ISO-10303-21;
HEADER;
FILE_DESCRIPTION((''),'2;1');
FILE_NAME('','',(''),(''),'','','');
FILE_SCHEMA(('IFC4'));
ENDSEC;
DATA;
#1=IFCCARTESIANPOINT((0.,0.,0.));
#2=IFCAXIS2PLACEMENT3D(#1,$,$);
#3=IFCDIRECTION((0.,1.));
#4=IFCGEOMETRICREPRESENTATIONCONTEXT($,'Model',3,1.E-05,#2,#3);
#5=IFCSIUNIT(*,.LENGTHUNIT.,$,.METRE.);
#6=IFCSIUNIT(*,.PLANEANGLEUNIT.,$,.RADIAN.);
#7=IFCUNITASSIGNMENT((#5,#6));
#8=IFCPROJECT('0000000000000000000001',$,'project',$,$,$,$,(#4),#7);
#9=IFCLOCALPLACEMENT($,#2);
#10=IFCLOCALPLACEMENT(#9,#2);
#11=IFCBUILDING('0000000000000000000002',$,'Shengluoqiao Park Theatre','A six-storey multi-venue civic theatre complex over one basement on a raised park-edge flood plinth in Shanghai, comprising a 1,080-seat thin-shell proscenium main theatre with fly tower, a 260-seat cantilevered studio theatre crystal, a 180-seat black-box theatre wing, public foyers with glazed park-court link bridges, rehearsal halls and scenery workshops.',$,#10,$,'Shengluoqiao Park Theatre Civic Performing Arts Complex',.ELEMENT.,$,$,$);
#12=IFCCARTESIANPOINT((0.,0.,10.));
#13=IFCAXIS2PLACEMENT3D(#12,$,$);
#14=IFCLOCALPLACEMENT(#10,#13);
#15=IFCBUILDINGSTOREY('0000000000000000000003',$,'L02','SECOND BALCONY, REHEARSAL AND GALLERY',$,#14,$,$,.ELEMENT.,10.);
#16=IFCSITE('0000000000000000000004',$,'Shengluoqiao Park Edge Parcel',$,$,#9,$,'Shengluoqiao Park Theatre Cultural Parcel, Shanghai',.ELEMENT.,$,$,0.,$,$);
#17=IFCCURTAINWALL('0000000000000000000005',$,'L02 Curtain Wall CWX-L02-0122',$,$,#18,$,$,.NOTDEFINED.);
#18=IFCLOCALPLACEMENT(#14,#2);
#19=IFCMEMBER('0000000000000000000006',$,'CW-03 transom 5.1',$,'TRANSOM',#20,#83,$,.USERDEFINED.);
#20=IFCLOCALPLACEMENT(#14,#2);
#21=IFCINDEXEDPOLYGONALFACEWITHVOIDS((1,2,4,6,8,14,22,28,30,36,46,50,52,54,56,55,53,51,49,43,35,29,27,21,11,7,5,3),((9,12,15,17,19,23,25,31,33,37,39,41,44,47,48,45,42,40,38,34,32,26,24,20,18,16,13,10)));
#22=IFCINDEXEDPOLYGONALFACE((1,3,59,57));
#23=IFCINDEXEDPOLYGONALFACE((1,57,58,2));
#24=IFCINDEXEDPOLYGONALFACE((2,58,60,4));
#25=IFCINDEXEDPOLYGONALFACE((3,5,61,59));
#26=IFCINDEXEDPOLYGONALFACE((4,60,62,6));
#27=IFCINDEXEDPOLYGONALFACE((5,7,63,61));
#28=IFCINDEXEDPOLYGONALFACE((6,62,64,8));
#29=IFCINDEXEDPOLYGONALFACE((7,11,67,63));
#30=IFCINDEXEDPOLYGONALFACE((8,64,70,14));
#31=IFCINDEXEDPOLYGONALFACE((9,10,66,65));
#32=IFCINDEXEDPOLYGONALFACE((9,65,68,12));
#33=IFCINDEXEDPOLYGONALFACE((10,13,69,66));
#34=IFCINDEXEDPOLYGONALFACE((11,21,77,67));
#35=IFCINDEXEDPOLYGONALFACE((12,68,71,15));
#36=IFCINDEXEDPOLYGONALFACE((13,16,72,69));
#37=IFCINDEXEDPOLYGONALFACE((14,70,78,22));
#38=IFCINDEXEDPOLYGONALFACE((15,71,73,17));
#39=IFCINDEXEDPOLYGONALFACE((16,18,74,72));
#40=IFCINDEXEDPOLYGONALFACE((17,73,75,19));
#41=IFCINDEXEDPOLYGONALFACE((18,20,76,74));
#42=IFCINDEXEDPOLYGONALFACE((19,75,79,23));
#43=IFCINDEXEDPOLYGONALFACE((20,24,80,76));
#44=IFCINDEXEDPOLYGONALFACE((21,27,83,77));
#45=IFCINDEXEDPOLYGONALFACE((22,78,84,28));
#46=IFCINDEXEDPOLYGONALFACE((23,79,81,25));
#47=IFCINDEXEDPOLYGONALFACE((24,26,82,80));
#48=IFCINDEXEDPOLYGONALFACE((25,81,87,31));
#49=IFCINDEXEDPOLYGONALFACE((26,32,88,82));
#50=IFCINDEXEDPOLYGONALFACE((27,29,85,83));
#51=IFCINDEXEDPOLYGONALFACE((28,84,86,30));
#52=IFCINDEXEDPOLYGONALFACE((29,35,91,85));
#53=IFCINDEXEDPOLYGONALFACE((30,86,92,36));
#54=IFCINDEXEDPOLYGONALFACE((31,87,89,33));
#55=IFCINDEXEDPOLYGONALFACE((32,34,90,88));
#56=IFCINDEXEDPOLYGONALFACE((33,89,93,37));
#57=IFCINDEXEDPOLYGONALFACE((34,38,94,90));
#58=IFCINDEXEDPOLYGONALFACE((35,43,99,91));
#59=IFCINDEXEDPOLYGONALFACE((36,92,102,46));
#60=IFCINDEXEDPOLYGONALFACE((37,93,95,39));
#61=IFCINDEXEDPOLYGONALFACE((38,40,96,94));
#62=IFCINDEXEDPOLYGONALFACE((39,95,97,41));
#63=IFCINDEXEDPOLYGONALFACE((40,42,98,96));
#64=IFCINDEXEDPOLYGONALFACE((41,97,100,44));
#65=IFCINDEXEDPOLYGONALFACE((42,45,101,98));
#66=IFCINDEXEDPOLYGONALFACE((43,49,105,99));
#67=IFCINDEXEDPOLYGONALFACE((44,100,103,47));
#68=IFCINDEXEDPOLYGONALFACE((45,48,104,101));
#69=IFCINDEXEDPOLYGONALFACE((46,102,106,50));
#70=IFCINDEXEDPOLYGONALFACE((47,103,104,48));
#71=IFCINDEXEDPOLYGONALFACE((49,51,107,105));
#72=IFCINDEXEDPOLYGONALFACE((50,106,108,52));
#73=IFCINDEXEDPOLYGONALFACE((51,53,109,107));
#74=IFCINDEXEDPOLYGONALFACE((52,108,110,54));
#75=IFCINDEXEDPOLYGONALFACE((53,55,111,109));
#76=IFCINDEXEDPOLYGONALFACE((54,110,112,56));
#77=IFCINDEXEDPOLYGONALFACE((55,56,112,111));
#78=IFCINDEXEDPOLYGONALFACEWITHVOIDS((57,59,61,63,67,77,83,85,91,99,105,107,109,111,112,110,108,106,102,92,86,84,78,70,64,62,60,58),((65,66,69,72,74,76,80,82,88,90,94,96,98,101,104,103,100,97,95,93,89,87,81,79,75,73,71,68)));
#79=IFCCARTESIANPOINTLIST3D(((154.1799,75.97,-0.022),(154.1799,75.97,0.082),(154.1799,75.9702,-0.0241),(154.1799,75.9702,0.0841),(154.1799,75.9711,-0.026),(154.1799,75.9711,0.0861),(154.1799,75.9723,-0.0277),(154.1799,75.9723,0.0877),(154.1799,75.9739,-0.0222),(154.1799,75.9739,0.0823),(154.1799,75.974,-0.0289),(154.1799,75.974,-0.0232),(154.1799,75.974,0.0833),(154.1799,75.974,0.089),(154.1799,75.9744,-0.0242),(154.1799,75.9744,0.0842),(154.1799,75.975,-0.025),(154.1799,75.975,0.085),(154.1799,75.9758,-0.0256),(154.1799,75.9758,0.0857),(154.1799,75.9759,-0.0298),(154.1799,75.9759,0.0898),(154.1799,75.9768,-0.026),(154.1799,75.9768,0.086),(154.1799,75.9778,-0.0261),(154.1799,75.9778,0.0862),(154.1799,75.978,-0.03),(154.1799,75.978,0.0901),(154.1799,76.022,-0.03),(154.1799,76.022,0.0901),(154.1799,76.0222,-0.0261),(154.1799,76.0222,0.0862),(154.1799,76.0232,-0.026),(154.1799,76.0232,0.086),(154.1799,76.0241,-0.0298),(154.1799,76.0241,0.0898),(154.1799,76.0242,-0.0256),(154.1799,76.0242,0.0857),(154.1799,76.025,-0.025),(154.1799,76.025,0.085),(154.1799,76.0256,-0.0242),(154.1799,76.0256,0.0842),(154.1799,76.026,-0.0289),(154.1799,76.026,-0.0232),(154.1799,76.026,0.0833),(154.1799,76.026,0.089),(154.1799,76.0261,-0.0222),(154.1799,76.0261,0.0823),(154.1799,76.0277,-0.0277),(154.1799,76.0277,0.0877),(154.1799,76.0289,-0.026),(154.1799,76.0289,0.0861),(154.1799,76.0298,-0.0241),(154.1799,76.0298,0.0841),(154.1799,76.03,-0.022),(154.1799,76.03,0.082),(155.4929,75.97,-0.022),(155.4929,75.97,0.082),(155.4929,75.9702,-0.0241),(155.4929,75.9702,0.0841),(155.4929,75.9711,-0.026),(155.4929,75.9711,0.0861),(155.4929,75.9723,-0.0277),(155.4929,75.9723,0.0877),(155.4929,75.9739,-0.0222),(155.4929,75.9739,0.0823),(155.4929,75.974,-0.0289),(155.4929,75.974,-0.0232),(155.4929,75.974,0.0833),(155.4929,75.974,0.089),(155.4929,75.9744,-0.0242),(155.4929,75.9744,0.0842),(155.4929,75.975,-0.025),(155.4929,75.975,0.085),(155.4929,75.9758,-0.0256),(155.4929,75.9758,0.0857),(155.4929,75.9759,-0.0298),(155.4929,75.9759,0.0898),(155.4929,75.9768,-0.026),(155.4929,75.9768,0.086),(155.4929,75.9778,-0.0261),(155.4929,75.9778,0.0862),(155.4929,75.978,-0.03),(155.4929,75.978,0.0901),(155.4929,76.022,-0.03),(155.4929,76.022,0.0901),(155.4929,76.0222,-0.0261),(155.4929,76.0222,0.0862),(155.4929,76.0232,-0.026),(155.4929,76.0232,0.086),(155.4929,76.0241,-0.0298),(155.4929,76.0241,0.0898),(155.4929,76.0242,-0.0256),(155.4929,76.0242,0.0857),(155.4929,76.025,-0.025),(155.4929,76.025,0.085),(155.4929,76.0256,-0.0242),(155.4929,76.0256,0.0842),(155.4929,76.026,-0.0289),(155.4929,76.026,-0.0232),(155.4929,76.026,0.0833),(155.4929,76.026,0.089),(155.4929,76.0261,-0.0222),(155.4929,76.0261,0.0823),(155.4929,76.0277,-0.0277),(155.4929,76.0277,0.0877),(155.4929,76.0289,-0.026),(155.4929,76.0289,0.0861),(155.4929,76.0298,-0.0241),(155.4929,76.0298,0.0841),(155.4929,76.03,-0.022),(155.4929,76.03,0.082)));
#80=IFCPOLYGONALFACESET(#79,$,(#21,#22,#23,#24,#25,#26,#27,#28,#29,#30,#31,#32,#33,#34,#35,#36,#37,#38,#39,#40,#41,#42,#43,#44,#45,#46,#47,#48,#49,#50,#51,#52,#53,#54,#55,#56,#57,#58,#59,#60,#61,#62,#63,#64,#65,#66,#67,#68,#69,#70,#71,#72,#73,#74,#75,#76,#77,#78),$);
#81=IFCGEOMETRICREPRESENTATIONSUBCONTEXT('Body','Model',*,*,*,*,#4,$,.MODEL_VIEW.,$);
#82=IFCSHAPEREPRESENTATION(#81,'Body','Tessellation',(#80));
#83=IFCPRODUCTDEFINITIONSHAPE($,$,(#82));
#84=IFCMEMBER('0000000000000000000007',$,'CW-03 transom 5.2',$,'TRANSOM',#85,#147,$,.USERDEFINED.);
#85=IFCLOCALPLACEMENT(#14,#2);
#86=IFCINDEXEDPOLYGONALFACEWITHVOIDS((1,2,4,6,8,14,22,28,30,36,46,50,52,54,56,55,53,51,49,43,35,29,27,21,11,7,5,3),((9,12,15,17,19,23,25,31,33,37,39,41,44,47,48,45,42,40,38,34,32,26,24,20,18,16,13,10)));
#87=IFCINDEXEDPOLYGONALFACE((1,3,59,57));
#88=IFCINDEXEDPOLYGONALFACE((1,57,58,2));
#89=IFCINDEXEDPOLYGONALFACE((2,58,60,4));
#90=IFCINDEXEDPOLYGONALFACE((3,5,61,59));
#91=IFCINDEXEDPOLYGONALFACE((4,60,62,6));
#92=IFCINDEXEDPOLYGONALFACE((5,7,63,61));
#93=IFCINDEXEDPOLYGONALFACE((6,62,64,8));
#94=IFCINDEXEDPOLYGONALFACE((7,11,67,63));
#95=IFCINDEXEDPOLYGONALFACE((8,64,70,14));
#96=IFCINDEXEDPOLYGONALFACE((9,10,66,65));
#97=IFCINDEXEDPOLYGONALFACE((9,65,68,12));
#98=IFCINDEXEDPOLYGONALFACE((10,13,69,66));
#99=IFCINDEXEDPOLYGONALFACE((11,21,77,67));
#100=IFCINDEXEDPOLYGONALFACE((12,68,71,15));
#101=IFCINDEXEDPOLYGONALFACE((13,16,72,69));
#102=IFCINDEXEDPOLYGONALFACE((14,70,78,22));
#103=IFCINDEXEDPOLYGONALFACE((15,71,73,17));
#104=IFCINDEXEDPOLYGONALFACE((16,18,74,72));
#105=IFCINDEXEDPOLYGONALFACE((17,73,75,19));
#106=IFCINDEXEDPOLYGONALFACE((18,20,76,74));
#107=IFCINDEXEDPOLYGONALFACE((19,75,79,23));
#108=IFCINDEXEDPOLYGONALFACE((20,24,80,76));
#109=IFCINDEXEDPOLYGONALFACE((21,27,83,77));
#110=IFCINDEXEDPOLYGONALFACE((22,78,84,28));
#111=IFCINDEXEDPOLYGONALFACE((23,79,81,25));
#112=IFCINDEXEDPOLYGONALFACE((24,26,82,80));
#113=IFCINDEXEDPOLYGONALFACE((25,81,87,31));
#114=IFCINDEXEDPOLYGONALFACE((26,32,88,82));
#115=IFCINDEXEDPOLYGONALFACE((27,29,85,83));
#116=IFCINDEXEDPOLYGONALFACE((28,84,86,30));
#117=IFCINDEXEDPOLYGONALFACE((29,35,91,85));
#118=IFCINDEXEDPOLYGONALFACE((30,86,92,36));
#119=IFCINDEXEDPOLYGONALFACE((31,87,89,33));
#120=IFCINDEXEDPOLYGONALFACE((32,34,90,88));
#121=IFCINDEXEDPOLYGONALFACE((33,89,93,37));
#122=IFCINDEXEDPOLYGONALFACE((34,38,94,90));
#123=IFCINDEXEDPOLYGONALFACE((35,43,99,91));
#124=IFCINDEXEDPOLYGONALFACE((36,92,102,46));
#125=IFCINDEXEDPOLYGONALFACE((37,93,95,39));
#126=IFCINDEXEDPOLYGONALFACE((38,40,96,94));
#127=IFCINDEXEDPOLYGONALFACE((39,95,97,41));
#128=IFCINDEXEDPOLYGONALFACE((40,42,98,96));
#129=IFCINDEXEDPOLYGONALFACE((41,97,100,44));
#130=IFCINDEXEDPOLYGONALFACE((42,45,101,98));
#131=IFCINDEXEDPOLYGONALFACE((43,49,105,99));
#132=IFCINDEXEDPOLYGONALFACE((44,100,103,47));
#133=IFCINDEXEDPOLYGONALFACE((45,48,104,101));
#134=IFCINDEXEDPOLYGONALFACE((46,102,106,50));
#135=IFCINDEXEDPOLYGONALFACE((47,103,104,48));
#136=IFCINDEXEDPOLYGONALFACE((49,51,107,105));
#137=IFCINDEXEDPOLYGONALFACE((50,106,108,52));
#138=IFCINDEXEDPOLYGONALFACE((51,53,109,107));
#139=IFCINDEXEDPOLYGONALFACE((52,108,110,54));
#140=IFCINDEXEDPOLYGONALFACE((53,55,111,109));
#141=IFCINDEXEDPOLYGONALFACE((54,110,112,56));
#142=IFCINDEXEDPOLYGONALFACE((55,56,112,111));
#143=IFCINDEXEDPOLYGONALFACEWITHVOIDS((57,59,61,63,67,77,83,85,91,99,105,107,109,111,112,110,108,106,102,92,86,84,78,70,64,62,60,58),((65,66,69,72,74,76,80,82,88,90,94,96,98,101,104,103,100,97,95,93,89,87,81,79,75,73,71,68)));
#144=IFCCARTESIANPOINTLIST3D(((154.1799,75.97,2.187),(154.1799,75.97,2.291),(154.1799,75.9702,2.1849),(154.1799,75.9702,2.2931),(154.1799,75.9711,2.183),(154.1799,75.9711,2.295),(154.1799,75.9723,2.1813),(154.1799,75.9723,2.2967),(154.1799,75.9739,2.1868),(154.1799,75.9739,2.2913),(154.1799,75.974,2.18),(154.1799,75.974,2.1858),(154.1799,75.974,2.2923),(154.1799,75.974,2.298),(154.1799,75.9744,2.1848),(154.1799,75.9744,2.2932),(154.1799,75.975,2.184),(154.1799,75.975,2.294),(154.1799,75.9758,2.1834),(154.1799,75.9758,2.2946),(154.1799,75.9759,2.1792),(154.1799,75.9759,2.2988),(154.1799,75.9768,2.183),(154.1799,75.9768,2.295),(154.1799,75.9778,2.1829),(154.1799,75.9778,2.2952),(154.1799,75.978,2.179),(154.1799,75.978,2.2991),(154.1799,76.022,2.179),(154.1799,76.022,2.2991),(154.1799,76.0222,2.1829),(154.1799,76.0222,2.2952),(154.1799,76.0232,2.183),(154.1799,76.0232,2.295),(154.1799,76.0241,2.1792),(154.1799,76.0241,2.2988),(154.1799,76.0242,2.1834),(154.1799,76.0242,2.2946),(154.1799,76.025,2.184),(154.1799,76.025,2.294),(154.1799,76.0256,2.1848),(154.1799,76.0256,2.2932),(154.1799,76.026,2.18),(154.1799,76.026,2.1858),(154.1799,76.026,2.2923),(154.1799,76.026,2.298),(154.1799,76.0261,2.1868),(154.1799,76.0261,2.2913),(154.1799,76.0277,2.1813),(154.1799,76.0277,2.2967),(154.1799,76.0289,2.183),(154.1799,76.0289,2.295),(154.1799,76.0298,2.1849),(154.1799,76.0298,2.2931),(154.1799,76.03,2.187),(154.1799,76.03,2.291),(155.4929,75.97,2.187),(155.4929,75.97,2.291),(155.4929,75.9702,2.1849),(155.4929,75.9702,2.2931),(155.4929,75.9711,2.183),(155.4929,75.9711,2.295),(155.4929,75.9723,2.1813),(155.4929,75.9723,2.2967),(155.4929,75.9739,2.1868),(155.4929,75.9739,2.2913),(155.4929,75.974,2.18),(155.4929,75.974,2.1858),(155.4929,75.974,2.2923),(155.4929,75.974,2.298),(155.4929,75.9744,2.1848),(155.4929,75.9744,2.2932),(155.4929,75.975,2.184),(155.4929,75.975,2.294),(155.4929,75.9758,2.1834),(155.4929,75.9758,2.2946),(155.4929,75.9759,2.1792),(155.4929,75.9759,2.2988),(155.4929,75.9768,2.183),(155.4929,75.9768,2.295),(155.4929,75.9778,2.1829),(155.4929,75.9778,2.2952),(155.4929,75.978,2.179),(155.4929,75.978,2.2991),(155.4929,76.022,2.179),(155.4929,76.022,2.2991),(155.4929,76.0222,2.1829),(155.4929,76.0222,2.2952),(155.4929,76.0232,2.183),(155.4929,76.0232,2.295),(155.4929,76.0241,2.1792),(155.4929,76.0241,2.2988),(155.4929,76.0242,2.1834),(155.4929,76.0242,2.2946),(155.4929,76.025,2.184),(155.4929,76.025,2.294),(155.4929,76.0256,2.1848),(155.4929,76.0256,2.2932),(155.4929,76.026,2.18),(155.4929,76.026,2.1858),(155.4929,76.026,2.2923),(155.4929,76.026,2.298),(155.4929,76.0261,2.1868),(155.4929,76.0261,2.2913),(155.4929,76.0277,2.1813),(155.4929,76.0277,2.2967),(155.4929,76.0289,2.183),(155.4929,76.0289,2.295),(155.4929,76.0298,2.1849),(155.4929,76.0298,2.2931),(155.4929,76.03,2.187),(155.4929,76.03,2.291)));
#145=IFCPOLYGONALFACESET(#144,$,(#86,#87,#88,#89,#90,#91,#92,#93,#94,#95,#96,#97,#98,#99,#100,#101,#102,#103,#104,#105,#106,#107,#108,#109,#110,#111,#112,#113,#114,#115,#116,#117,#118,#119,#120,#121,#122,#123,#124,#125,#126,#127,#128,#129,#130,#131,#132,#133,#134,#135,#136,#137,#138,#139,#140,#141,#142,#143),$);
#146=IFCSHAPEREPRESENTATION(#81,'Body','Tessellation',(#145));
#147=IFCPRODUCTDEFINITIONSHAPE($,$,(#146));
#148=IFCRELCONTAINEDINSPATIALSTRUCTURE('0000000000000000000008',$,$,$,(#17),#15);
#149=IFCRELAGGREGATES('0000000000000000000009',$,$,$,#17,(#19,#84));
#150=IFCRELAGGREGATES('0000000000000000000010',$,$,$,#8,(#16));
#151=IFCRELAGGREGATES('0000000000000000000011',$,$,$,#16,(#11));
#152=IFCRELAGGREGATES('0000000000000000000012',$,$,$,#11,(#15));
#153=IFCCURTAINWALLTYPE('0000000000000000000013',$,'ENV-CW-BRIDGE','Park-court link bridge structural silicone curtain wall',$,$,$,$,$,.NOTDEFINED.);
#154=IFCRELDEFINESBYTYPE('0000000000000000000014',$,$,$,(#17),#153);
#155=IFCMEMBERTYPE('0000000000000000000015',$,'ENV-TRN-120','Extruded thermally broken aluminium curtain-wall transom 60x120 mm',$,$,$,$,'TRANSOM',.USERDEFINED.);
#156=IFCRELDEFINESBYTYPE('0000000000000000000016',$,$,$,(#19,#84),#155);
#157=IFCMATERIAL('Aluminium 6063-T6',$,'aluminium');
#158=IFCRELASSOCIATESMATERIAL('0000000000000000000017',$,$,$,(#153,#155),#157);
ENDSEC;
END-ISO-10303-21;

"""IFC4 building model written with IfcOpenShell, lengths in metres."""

from ifc_helpers import new_model, si_unit, direction, frame, origin, origin_2d, place, context, subcontext, project, spatial, hollow_rectangle, extrude, material, material_profile, profile_set, type_object, element, aggregate, save


model = new_model("IFC4")

# Units and contexts
model_context = context("Model", 3, precision=1e-05, world=origin(), true_north=direction((0.0, 1.0)))
body_context = subcontext(model_context, "Body", "Model", "MODEL_VIEW")
ifc_project = project(units=[si_unit("LENGTHUNIT", "METRE"), si_unit("PLANEANGLEUNIT", "RADIAN")], contexts=[model_context])

# Site, building, storey
site_placement = place(None, origin())
site = spatial("IfcSite", under=ifc_project, at=site_placement, Name="Shengluoqiao Park Edge Parcel", LongName="Shengluoqiao Park Theatre Cultural Parcel, Shanghai", CompositionType="ELEMENT", RefElevation=0.0)
building_placement = place(site_placement, origin())
building = spatial("IfcBuilding", under=site, at=building_placement, Name="Shengluoqiao Park Theatre", Description="A six-storey multi-venue civic theatre complex over one basement on a raised park-edge flood plinth in Shanghai, comprising a 1,080-seat thin-shell proscenium main theatre with fly tower, a 260-seat cantilevered studio theatre crystal, a 180-seat black-box theatre wing, public foyers with glazed park-court link bridges, rehearsal halls and scenery workshops.", LongName="Shengluoqiao Park Theatre Civic Performing Arts Complex", CompositionType="ELEMENT")
storey_placement = place(building_placement, frame((0.0, 0.0, 10.0)))
storey = spatial("IfcBuildingStorey", under=building, at=storey_placement, Name="L02", Description="SECOND BALCONY, REHEARSAL AND GALLERY", CompositionType="ELEMENT", Elevation=10.0)

# Curtain wall, members
ifc_material_1 = material(Name="Aluminium 6063-T6", Category="aluminium")
curtain_wall_type = type_object("IfcCurtainWallType", Name="ENV-CW-BRIDGE", Description="Park-court link bridge structural silicone curtain wall", PredefinedType="NOTDEFINED", material=ifc_material_1)
curtain_wall_placement = place(storey_placement, origin())
curtain_wall = element("IfcCurtainWall", 1, at=curtain_wall_placement, inside=storey, type_object=curtain_wall_type, Name="L02 Curtain Wall CWX-L02-0122", PredefinedType="NOTDEFINED")
ifc_material_profile_1 = material_profile(ifc_material_1, hollow_rectangle(XDim=0.0601, YDim=0.1201, WallThickness=0.0039, InnerFilletRadius=0.0039, OuterFilletRadius=0.0081, at=origin_2d()), Name="ALU TRANSOM 120x60x4")
ifc_profile_set_1 = profile_set([ifc_material_profile_1], Name="Aluminium 6063-T6")
member_type_1 = type_object("IfcMemberType", Name="ENV-TRN-120", Description="Extruded thermally broken aluminium curtain-wall transom 60x120 mm", ElementType="TRANSOM", PredefinedType="USERDEFINED", material=ifc_profile_set_1)
member_1_placement = place(storey_placement, frame((154.1799, 76.0, 0.03), z_axis=(1.0, 0.0, 0.0), x_axis=(0.0, 1.0, 0.0)))
member_1 = element("IfcMember", 2, at=member_1_placement, type_object=member_type_1, Name="CW-03 transom 5.1", ObjectType="TRANSOM", PredefinedType="USERDEFINED", context=body_context, shape_type="SweptSolid", body=[
    extrude(hollow_rectangle(XDim=0.0601, YDim=0.1201, WallThickness=0.0039, InnerFilletRadius=0.0039, OuterFilletRadius=0.0081, at=origin_2d()), origin(), (0.0, 0.0, 1.0), 1.313),
])
member_2_placement = place(storey_placement, frame((154.1799, 76.0, 2.239), z_axis=(1.0, 0.0, 0.0), x_axis=(0.0, 1.0, 0.0)))
member_2 = element("IfcMember", 3, at=member_2_placement, type_object=member_type_1, Name="CW-03 transom 5.2", ObjectType="TRANSOM", PredefinedType="USERDEFINED", context=body_context, shape_type="SweptSolid", body=[
    extrude(hollow_rectangle(XDim=0.0601, YDim=0.1201, WallThickness=0.0039, InnerFilletRadius=0.0039, OuterFilletRadius=0.0081, at=origin_2d()), origin(), (0.0, 0.0, 1.0), 1.313),
])
aggregate(curtain_wall, [member_1, member_2])

save(model, "model.ifc")
